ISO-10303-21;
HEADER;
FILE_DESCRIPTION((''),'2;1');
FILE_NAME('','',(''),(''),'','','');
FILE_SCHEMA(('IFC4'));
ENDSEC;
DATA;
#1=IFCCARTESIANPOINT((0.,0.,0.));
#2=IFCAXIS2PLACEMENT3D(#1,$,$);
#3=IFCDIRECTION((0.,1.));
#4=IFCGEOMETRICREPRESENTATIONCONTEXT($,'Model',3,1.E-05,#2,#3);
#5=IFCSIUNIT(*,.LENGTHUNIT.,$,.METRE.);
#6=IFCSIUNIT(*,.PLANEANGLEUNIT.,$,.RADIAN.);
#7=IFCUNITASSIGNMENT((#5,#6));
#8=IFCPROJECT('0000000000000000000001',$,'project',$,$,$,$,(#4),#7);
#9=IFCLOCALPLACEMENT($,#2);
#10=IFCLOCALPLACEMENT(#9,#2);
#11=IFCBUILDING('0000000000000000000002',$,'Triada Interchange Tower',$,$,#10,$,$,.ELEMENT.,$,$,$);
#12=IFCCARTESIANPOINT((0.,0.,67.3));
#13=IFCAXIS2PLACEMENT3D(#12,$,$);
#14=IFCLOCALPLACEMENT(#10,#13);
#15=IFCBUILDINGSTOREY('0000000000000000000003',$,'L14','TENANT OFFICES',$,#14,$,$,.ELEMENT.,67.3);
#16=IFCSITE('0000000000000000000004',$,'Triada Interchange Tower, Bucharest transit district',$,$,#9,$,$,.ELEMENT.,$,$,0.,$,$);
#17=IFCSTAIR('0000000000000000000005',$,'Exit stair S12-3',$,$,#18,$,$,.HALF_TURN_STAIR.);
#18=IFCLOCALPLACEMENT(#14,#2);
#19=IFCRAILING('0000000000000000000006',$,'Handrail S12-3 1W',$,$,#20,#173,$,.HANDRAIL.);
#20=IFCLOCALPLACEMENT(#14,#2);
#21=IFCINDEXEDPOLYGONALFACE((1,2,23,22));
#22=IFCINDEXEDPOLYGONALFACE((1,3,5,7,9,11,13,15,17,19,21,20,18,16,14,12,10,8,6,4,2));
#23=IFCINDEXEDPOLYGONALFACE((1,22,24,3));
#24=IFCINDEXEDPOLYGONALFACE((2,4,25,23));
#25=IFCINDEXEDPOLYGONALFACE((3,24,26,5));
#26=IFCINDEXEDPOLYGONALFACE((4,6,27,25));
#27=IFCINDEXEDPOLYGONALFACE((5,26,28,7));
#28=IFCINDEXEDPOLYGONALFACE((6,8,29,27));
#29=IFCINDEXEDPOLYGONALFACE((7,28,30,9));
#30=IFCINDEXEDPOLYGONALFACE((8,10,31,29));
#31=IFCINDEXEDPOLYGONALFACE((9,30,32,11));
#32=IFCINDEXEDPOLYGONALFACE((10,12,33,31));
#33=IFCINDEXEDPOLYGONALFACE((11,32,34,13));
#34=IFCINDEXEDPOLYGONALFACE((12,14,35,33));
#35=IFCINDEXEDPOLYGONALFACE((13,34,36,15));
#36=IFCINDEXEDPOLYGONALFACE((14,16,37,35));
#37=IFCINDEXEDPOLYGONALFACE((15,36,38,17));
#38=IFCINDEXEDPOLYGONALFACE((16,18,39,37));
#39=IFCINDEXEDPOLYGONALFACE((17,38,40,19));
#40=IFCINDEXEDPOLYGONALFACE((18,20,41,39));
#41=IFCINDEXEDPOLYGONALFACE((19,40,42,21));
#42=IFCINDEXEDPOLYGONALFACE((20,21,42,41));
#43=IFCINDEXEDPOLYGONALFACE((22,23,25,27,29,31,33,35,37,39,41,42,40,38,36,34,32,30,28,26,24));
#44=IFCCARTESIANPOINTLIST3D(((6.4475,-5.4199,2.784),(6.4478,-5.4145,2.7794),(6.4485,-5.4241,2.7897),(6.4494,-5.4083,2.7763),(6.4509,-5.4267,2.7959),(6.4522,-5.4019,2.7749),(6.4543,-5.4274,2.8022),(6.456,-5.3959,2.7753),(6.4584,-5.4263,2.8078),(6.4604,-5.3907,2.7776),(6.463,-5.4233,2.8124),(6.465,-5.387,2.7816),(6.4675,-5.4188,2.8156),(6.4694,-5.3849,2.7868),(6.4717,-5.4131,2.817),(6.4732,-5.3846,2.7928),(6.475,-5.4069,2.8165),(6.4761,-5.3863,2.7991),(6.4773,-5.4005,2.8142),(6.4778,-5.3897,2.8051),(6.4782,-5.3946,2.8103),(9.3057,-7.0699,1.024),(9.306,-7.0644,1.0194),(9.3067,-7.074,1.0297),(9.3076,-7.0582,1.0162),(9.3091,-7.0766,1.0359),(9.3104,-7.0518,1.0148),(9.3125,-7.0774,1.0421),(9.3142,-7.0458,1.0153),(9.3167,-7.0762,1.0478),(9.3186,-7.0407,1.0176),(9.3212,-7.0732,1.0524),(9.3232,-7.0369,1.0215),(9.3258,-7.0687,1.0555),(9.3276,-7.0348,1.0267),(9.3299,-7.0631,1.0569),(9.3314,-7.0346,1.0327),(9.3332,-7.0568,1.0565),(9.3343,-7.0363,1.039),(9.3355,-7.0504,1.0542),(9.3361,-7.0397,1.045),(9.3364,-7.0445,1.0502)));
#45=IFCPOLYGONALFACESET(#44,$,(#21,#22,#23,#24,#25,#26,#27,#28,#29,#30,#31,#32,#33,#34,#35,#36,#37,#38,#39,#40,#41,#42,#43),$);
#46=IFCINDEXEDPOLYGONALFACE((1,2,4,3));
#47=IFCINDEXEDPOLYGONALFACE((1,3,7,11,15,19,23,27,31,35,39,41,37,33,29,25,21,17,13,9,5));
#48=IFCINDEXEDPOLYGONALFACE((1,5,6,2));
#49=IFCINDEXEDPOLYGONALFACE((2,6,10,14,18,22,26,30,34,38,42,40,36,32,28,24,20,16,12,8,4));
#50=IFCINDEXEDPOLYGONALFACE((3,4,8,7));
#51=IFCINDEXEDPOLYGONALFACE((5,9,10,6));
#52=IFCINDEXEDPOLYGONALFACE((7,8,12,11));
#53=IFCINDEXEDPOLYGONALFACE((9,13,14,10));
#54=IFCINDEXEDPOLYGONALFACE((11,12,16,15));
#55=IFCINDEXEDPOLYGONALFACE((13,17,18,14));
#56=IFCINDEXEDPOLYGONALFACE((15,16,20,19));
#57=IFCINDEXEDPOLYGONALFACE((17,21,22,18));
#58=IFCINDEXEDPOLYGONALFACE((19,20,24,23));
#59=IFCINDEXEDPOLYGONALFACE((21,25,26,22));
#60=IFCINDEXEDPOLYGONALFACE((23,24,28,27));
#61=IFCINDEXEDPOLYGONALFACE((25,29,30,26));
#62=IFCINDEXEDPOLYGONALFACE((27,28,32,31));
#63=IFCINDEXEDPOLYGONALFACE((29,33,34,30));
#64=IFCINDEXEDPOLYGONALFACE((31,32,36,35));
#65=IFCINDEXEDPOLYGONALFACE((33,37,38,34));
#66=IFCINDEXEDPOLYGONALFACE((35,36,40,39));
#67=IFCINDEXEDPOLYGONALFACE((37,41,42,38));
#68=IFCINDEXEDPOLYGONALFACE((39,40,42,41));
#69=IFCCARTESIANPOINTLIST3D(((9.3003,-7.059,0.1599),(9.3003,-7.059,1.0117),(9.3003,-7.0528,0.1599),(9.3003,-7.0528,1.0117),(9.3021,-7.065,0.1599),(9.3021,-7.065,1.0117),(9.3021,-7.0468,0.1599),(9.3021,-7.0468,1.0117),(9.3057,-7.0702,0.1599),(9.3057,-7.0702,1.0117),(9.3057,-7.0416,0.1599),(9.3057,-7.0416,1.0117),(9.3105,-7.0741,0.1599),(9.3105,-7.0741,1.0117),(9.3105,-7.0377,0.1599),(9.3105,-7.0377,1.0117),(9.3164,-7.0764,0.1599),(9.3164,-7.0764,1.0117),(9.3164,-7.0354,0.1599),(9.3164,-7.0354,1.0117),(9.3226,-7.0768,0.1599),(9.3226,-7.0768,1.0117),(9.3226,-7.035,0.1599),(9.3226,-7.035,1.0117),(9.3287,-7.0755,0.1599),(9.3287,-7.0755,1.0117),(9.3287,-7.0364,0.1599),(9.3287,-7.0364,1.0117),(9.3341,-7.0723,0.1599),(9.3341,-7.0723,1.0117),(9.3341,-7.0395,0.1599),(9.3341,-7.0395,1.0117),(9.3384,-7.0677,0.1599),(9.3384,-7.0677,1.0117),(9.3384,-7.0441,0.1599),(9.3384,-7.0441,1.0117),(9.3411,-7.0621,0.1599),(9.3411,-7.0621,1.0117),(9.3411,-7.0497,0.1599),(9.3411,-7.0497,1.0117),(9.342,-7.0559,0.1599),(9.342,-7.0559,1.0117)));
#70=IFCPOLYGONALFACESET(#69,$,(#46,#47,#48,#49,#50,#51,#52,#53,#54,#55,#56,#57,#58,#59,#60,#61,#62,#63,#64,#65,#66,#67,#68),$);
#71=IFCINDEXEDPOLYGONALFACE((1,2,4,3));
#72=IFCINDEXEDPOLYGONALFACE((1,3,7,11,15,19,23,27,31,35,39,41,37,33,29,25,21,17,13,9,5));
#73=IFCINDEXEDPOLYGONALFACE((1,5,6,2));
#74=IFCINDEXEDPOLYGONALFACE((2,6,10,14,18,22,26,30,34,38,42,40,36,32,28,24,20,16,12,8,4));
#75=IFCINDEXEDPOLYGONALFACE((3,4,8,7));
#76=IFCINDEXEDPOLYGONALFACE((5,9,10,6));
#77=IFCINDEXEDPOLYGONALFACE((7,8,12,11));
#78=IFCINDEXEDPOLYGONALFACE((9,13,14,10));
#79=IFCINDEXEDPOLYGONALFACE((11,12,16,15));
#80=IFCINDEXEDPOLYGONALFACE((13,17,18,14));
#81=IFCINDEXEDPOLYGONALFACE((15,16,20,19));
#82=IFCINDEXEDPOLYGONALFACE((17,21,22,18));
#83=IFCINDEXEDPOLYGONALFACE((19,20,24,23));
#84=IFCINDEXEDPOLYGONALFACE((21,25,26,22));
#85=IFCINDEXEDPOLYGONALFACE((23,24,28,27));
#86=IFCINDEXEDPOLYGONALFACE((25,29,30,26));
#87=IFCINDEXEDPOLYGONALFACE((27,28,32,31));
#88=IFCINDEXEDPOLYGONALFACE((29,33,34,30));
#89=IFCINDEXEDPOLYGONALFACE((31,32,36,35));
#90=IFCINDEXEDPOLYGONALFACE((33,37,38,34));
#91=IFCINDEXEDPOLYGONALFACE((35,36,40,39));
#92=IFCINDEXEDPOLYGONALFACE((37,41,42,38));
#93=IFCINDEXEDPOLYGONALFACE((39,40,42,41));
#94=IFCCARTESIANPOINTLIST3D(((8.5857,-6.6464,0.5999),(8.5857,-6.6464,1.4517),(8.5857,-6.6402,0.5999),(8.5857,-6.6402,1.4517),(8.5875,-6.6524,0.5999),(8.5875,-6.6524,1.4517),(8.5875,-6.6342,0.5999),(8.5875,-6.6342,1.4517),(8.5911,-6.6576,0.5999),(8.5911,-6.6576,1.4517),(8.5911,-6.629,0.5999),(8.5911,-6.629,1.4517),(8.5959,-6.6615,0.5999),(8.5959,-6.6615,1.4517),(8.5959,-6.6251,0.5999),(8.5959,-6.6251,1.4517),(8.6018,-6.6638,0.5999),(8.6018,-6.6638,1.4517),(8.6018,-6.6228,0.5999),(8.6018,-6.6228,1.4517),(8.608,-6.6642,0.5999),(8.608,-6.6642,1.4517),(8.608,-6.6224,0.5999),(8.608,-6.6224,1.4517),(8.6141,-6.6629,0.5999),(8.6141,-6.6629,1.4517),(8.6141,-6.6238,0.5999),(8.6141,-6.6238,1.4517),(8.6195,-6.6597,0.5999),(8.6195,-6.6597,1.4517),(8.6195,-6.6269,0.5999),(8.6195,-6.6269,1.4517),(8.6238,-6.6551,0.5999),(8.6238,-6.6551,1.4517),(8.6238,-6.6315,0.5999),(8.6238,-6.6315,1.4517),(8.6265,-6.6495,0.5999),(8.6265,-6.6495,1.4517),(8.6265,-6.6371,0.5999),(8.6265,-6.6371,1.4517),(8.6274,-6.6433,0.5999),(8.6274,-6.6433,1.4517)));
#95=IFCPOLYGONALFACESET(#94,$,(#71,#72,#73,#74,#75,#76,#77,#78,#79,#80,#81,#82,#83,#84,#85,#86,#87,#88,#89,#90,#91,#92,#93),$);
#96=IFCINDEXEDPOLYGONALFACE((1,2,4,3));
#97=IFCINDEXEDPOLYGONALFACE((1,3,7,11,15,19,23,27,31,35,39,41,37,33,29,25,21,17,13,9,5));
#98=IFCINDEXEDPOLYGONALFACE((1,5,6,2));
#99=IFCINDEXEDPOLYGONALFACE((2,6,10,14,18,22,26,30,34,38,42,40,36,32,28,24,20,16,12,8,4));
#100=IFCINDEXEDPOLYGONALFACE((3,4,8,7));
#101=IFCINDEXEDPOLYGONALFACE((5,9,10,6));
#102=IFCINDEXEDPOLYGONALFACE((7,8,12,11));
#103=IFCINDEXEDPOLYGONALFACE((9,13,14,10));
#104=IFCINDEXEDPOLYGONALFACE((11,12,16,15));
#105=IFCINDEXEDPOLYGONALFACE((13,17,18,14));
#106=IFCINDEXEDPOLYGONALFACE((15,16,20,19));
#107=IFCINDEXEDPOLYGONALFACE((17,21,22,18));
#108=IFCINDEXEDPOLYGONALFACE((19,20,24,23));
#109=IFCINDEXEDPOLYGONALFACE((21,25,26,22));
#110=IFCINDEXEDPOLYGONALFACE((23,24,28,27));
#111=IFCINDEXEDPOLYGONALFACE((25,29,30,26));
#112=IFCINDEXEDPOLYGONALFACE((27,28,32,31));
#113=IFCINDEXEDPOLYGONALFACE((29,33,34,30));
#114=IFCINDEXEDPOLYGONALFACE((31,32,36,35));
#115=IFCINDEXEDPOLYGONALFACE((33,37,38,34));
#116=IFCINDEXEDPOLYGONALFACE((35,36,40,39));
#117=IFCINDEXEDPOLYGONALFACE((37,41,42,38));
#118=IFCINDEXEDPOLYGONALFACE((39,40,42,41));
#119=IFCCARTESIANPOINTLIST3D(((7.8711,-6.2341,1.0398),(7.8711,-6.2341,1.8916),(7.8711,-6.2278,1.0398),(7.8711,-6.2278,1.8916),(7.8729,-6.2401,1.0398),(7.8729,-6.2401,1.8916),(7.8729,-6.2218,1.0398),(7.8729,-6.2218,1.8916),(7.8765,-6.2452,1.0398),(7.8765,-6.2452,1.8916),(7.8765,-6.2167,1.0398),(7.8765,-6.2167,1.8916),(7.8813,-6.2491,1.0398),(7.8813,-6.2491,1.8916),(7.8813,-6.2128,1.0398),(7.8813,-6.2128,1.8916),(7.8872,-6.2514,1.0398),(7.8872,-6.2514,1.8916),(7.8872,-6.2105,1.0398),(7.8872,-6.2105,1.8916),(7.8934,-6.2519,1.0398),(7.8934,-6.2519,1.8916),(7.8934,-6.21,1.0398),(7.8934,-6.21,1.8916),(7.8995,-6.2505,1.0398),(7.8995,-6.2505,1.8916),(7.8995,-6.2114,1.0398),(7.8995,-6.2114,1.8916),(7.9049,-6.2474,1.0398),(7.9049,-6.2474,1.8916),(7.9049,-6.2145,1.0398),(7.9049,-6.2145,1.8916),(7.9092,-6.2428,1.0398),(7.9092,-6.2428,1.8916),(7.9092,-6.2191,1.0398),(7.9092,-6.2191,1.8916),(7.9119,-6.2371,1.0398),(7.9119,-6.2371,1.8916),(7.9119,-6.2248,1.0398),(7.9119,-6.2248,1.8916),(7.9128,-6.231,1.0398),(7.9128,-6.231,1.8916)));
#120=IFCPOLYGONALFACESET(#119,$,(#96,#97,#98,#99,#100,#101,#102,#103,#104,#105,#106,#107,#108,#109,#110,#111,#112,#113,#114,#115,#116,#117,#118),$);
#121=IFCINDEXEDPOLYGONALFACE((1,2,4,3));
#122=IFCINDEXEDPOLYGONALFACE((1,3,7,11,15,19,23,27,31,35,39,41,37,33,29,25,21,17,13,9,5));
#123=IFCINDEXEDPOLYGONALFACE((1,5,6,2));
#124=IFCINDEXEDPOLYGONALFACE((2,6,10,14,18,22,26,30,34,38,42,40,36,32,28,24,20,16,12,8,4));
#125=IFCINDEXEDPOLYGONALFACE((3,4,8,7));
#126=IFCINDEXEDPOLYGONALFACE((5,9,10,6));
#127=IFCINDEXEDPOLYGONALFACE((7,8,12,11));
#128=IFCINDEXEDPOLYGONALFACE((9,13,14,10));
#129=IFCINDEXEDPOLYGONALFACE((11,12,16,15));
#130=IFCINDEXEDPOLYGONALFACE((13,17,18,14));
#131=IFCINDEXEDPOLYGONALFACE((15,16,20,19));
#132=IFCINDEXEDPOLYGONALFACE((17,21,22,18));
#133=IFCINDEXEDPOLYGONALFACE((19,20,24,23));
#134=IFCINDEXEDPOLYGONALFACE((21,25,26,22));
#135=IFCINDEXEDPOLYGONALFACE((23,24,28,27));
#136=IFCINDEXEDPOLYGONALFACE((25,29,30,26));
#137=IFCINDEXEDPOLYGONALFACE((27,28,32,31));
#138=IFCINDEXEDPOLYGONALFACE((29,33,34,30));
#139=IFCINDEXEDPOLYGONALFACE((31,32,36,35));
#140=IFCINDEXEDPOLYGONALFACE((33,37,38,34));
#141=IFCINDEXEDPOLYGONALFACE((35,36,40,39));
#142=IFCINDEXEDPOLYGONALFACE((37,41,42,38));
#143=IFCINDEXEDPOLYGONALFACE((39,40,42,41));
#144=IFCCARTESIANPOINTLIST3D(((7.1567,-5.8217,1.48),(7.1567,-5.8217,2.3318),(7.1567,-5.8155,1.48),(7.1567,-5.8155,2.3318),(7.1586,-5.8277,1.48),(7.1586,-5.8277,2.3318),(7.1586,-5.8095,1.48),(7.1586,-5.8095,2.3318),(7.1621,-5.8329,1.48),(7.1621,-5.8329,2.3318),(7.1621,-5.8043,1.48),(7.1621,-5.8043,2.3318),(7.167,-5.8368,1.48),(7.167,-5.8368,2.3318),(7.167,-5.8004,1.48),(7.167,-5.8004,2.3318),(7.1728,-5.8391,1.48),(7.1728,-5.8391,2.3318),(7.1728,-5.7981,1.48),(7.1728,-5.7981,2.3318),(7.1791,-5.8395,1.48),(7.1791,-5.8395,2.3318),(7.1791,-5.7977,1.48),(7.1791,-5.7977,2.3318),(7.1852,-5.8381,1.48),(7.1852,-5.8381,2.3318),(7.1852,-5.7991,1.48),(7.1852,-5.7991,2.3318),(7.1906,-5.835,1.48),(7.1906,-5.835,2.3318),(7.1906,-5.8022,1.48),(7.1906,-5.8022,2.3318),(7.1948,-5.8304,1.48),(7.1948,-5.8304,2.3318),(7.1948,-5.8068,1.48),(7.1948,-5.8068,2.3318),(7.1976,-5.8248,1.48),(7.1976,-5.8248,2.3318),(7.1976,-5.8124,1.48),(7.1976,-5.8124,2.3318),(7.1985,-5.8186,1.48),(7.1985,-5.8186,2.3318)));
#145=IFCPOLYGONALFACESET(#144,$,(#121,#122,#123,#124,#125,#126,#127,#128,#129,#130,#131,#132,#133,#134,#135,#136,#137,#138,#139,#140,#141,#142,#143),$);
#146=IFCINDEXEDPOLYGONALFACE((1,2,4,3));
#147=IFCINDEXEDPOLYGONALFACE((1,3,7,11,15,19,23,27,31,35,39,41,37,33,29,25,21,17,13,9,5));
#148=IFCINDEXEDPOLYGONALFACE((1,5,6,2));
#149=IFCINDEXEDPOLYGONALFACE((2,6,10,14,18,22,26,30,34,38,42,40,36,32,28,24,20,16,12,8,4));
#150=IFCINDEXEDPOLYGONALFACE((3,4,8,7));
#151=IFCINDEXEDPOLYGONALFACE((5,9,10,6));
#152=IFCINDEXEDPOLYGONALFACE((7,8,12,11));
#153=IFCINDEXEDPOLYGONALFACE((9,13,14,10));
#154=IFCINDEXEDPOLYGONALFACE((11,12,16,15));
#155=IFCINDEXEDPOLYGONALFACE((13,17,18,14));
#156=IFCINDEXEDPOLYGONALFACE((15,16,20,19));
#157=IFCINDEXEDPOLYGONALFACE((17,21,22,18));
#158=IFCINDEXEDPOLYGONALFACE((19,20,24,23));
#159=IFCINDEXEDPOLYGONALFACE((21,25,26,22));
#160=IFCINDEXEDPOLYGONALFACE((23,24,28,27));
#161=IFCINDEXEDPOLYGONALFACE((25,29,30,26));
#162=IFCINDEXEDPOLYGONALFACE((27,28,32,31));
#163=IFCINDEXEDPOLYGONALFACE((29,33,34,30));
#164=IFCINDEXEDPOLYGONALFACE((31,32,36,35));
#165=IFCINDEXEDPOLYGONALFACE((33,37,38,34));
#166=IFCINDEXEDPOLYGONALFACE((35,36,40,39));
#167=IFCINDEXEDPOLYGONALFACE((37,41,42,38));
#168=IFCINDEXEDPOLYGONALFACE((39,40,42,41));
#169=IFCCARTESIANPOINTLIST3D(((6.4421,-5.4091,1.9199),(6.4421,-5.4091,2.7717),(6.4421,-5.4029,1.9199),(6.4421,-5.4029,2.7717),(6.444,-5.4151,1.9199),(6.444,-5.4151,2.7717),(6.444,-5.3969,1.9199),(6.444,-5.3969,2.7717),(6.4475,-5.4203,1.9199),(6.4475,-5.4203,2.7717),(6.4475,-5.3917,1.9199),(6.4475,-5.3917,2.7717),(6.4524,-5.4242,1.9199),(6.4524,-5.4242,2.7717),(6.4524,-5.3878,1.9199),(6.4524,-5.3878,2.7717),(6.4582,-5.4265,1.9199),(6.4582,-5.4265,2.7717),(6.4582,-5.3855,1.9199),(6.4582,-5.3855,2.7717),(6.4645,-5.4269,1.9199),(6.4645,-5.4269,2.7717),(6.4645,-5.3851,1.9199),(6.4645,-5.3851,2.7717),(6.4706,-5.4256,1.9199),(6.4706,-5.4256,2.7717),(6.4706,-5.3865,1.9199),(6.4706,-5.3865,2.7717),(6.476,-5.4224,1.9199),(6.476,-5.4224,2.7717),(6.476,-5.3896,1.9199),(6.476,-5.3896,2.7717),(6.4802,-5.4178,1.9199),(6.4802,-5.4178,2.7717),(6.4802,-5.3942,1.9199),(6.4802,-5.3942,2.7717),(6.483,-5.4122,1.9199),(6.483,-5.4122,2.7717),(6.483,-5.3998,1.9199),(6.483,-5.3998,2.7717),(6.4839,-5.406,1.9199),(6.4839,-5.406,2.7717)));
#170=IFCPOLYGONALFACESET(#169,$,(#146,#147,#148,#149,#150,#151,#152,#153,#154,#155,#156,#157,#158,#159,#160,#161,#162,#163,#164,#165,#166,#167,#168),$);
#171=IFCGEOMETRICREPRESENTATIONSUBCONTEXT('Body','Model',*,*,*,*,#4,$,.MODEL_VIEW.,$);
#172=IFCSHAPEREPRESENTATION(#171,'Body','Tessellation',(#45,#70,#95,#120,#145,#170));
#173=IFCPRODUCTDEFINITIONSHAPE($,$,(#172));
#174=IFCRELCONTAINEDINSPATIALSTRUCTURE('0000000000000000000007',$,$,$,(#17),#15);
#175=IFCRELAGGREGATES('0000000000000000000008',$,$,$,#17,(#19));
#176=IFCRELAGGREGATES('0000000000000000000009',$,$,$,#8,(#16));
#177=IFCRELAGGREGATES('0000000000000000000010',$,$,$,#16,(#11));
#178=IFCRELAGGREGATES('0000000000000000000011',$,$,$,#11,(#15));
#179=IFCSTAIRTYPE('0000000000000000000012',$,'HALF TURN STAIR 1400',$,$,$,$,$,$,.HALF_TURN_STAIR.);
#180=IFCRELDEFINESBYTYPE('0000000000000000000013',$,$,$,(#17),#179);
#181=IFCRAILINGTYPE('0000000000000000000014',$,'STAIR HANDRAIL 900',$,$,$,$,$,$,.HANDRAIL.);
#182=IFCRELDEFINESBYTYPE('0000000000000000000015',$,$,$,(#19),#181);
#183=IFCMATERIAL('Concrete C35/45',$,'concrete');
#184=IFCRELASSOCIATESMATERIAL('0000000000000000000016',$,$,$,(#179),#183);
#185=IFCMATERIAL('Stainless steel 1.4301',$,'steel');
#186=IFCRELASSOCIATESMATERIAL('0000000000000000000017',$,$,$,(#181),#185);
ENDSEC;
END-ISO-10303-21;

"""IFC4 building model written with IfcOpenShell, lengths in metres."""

from ifc_helpers import new_model, si_unit, direction, frame, origin, origin_2d, place, context, subcontext, project, spatial, circle, extrude, material, type_object, element, aggregate, save


model = new_model("IFC4")

# Units and contexts
model_context = context("Model", 3, precision=1e-05, world=origin(), true_north=direction((0.0, 1.0)))
body_context = subcontext(model_context, "Body", "Model", "MODEL_VIEW")
ifc_project = project(units=[si_unit("LENGTHUNIT", "METRE"), si_unit("PLANEANGLEUNIT", "RADIAN")], contexts=[model_context])

# Site, building, storey
site_placement = place(None, origin())
site = spatial("IfcSite", under=ifc_project, at=site_placement, Name="Triada Interchange Tower, Bucharest transit district", CompositionType="ELEMENT", RefElevation=0.0)
building_placement = place(site_placement, origin())
building = spatial("IfcBuilding", under=site, at=building_placement, Name="Triada Interchange Tower", CompositionType="ELEMENT")
storey_placement = place(building_placement, frame((0.0, 0.0, 67.3)))
storey = spatial("IfcBuildingStorey", under=building, at=storey_placement, Name="L14", Description="TENANT OFFICES", CompositionType="ELEMENT", Elevation=67.3)

# Stair, railing
ifc_material_1 = material(Name="Concrete C35/45", Category="concrete")
stair_type = type_object("IfcStairType", Name="HALF TURN STAIR 1400", PredefinedType="HALF_TURN_STAIR", material=ifc_material_1)
stair_placement = place(storey_placement, origin())
stair = element("IfcStair", 1, at=stair_placement, inside=storey, type_object=stair_type, Name="Exit stair S12-3", PredefinedType="HALF_TURN_STAIR")
ifc_material_2 = material(Name="Stainless steel 1.4301", Category="steel")
railing_type = type_object("IfcRailingType", Name="STAIR HANDRAIL 900", PredefinedType="HANDRAIL", material=ifc_material_2)
railing_1_placement = place(storey_placement, frame((9.321, -7.0559, 0.1599)))
railing_1 = element("IfcRailing", 2, at=railing_1_placement, type_object=railing_type, Name="Handrail S12-3 1W", PredefinedType="HANDRAIL", context=body_context, shape_type="SweptSolid", body=[
    extrude(circle(Radius=0.0239, at=origin_2d()), frame((0.0, 0.0, 0.876), z_axis=(-0.764178, 0.441131, 0.47057), x_axis=(-0.499942, -0.866059, 0.0)), (0.0, 0.0, 1.0), 3.7402),
    extrude(circle(Radius=0.021, at=origin_2d()), origin(), (0.0, 0.0, 1.0), 0.8518),
    extrude(circle(Radius=0.021, at=origin_2d()), frame((-0.7146, 0.4126, 0.4399)), (0.0, 0.0, 1.0), 0.8518),
    extrude(circle(Radius=0.021, at=origin_2d()), frame((-1.4292, 0.825, 0.8799)), (0.0, 0.0, 1.0), 0.8518),
    extrude(circle(Radius=0.021, at=origin_2d()), frame((-2.1436, 1.2373, 1.3201)), (0.0, 0.0, 1.0), 0.8518),
    extrude(circle(Radius=0.021, at=origin_2d()), frame((-2.8582, 1.6499, 1.76)), (0.0, 0.0, 1.0), 0.8518),
])
aggregate(stair, [railing_1])

save(model, "model.ifc")
